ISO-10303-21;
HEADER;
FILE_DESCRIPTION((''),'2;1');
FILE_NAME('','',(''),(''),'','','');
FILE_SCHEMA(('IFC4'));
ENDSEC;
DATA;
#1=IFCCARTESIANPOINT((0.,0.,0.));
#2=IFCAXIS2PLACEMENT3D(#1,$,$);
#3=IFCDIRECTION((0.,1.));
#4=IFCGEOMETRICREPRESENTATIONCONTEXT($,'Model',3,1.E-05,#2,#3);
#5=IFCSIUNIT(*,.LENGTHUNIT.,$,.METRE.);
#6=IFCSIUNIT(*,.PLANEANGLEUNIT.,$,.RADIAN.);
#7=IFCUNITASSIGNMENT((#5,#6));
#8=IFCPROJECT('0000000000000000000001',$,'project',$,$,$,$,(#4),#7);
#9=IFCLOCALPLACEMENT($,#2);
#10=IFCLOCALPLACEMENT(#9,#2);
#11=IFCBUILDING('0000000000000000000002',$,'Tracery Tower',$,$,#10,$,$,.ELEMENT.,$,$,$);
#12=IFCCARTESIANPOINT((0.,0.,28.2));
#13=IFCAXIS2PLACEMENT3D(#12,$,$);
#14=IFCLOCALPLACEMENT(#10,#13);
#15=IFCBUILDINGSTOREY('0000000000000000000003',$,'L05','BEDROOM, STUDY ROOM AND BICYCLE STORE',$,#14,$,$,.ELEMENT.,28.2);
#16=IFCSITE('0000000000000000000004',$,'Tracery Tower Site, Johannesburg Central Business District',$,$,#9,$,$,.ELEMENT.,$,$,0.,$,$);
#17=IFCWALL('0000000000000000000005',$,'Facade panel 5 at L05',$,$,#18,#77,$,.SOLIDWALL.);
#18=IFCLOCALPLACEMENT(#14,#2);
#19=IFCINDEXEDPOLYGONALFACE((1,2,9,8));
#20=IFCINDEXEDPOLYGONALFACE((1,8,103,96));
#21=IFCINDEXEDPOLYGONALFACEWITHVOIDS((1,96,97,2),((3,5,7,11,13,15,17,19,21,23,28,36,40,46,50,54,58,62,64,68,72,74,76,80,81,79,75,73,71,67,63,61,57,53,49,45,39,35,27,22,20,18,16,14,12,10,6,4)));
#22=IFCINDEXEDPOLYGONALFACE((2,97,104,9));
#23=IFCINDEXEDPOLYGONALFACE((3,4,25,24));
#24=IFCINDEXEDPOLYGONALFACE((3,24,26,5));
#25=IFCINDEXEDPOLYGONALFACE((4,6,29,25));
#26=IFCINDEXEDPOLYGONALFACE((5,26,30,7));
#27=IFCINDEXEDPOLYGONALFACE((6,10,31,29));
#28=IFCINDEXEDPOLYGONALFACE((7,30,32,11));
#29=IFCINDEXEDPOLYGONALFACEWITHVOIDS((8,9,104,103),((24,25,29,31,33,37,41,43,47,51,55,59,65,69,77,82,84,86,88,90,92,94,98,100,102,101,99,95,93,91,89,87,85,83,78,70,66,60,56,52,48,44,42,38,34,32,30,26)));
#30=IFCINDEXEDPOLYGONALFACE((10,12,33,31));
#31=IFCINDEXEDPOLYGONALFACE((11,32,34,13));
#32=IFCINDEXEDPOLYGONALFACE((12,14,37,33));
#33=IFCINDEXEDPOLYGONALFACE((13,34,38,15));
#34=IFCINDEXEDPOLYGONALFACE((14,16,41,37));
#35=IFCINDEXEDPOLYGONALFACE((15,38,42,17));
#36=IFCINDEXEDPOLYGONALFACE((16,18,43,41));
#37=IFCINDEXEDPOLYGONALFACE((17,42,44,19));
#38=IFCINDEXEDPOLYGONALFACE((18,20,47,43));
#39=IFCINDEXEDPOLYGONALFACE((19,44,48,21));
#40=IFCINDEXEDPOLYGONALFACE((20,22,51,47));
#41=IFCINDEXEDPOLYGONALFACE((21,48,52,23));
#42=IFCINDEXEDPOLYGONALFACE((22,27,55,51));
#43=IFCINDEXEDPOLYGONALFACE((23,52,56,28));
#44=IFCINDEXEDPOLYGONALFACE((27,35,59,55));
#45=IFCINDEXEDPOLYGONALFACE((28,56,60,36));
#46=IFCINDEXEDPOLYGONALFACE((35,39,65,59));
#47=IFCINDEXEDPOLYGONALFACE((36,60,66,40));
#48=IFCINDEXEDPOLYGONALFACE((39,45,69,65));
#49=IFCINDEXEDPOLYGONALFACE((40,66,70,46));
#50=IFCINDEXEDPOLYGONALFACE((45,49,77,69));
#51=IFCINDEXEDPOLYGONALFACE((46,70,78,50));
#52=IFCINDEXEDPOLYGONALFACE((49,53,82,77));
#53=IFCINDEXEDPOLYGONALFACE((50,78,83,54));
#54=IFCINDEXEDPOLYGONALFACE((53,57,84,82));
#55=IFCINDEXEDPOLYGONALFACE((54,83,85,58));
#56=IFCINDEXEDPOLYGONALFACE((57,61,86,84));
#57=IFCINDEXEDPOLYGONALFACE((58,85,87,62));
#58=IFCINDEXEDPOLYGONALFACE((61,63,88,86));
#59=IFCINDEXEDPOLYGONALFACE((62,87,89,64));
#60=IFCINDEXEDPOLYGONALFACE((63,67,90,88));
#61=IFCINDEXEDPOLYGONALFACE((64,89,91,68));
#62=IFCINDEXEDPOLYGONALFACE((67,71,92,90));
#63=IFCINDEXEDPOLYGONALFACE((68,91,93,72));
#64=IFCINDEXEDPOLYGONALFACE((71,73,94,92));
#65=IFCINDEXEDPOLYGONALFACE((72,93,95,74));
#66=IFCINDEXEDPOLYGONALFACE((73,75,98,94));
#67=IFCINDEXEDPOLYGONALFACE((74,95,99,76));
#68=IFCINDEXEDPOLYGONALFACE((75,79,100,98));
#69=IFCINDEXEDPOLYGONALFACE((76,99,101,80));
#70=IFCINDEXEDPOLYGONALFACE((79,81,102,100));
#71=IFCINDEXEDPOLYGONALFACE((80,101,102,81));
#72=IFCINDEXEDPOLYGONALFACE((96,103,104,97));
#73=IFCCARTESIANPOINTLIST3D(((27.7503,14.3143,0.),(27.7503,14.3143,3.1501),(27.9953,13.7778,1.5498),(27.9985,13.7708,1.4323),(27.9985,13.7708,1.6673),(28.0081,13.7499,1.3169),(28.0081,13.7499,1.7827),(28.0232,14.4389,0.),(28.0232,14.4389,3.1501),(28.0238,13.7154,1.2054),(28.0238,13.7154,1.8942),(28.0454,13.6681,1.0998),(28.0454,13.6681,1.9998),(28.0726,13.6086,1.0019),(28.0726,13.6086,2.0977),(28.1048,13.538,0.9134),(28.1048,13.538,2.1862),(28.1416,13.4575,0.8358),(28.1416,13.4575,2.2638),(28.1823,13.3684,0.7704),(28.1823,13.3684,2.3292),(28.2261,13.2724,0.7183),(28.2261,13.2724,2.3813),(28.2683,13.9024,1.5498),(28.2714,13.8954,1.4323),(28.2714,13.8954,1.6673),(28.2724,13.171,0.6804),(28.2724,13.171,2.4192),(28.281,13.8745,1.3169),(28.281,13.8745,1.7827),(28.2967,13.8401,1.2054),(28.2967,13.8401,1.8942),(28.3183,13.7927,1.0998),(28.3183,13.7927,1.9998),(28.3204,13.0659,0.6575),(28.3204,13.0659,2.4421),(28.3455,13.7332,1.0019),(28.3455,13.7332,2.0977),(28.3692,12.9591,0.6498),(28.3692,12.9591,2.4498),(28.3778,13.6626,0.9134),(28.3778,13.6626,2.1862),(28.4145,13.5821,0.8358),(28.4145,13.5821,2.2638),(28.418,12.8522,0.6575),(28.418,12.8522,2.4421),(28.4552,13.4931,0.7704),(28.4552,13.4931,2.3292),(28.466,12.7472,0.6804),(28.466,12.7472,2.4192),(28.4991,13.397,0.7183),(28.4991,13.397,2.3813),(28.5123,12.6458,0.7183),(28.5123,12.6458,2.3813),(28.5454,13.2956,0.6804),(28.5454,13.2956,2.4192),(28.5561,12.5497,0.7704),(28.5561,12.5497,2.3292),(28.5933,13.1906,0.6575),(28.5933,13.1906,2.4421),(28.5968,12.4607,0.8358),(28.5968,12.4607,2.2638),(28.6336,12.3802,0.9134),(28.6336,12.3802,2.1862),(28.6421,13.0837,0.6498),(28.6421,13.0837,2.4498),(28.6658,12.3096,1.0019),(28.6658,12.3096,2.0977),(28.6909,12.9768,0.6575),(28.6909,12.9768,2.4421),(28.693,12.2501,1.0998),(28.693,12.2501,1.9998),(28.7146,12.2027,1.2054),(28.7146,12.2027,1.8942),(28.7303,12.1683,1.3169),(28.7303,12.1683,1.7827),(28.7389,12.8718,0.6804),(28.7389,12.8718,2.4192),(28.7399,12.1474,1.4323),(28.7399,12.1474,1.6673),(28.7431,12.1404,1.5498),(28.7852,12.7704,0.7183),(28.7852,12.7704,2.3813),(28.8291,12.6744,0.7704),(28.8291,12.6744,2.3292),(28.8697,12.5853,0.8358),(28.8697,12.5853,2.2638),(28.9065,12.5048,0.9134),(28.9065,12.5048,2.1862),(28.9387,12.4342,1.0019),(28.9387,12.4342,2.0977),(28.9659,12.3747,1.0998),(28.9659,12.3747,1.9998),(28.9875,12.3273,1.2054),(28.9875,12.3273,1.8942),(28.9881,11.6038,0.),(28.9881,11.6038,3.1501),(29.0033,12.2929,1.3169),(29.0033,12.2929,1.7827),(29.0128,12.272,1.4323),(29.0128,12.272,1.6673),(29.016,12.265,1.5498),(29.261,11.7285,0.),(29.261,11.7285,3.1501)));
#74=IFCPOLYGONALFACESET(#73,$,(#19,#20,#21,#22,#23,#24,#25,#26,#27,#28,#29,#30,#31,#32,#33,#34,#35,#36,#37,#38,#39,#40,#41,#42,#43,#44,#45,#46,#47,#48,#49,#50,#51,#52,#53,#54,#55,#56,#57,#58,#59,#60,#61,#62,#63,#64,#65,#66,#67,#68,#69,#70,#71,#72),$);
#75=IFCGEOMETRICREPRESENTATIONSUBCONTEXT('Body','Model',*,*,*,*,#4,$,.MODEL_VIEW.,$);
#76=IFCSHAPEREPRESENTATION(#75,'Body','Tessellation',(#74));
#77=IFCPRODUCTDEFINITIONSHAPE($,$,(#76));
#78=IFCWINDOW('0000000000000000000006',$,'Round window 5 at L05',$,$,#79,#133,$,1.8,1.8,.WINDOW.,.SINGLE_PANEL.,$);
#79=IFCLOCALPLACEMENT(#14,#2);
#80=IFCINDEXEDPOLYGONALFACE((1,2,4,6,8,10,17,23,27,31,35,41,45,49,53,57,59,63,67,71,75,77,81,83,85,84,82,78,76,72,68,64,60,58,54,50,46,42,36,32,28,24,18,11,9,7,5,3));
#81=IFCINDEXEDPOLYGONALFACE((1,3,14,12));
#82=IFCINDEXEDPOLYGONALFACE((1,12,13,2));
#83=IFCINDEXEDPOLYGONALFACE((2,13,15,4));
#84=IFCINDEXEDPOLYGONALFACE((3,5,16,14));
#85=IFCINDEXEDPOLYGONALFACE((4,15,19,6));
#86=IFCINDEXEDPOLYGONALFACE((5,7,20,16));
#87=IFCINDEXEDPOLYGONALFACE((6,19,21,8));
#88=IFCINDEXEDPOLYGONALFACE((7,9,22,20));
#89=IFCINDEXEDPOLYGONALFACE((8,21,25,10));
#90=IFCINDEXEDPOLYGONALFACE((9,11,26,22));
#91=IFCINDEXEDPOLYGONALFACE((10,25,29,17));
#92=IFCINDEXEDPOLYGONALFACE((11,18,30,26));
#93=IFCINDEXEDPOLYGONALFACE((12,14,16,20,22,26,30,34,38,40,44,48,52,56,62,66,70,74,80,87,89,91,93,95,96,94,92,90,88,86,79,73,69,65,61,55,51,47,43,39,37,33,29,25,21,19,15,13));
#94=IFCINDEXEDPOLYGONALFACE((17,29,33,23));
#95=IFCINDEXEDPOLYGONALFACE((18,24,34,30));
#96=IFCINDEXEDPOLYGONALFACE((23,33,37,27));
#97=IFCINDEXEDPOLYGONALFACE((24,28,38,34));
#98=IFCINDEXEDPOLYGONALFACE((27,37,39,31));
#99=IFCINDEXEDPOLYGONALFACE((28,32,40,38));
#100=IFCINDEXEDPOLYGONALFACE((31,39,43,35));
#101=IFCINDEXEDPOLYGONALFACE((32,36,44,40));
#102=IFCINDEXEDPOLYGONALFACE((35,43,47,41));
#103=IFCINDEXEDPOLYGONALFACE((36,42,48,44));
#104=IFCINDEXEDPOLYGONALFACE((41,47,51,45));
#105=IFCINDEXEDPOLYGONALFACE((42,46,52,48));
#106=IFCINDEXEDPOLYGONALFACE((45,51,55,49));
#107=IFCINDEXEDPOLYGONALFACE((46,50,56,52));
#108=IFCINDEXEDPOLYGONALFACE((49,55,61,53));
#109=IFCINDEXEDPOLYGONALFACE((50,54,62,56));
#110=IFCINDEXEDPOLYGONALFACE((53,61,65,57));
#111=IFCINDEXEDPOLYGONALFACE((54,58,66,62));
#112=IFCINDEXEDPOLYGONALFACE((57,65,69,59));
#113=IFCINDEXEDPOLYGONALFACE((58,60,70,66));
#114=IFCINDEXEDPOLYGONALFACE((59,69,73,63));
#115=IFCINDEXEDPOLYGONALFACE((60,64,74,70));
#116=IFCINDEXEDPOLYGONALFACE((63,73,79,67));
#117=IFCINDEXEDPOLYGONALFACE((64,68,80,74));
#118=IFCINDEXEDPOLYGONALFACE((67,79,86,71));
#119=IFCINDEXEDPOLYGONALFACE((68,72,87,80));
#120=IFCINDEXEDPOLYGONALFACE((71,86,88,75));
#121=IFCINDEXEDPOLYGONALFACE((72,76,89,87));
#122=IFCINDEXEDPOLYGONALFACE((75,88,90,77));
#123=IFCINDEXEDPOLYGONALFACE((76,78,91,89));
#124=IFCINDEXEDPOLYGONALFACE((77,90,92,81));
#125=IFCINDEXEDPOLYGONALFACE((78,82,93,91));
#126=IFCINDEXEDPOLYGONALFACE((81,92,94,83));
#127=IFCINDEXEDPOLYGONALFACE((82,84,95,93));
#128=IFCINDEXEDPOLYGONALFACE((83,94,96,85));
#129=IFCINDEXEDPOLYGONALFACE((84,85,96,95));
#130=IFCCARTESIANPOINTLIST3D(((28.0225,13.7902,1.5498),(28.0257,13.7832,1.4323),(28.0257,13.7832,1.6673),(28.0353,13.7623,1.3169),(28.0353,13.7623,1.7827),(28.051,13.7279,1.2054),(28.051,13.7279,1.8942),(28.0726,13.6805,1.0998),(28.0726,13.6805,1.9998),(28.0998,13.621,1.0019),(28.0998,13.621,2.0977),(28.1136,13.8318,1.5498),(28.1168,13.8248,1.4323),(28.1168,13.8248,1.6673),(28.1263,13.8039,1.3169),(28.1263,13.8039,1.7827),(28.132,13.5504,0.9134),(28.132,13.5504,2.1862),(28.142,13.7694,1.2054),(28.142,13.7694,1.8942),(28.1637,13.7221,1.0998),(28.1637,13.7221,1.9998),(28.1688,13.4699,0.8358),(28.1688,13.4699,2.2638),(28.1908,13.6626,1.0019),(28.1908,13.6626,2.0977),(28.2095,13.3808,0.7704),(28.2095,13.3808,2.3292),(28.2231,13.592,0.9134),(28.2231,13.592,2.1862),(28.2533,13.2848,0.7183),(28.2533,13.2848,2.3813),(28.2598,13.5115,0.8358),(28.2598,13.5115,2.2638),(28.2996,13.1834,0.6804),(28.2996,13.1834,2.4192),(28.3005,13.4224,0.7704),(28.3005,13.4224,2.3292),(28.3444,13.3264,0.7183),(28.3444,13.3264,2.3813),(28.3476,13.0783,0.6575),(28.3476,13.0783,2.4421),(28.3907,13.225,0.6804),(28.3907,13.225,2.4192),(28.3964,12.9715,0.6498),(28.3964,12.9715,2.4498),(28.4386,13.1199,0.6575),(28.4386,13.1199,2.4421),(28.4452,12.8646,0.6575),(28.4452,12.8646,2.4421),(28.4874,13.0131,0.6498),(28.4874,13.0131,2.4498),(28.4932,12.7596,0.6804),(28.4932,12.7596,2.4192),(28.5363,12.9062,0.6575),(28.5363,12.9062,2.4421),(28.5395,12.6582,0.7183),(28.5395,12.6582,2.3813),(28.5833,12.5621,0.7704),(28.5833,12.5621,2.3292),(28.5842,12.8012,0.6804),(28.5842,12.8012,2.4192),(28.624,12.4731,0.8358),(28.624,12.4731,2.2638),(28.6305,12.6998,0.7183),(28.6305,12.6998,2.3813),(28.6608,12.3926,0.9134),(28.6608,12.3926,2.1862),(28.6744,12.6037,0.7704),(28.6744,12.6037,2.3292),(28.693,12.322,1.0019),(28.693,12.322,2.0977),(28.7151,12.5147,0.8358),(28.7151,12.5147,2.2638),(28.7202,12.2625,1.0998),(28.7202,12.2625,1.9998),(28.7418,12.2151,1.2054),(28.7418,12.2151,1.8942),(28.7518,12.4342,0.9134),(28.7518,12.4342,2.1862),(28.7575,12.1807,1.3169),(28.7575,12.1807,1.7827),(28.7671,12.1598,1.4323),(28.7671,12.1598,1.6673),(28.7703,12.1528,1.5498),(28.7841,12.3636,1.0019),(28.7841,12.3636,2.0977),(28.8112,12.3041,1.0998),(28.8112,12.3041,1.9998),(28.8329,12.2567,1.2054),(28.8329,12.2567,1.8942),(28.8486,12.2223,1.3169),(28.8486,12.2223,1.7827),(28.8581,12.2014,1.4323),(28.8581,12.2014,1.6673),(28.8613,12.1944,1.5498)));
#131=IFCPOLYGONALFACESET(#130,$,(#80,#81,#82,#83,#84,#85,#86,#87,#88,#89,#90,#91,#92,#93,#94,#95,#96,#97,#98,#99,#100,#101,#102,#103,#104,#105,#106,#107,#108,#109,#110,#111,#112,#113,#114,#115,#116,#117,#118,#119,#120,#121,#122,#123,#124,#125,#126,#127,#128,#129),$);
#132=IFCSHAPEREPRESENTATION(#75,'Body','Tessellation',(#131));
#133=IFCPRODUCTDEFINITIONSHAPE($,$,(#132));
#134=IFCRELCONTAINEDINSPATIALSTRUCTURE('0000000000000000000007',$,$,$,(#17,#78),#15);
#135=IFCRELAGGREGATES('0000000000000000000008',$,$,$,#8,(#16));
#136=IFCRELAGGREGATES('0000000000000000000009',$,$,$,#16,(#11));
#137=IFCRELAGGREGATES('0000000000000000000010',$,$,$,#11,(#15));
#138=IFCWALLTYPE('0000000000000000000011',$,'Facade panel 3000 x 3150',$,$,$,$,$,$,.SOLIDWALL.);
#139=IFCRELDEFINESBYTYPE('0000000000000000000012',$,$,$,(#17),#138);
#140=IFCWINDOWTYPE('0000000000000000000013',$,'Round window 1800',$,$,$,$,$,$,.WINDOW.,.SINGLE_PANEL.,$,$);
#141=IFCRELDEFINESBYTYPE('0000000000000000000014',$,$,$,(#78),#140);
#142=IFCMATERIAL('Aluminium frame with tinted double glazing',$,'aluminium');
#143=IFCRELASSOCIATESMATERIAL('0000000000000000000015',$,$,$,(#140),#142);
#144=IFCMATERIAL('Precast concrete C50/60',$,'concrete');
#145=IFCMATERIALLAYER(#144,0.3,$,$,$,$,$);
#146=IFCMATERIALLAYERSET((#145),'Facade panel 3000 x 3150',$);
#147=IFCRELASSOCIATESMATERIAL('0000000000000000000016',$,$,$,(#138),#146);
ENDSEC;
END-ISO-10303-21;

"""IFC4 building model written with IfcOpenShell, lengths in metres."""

from ifc_helpers import new_model, si_unit, direction, frame, frame_2d, origin, origin_2d, place, context, subcontext, project, spatial, rectangle, circle, extrude, material, layer, layer_set, type_object, element, fill, save


model = new_model("IFC4")

# Units and contexts
model_context = context("Model", 3, precision=1e-05, world=origin(), true_north=direction((0.0, 1.0)))
body_context = subcontext(model_context, "Body", "Model", "MODEL_VIEW")
ifc_project = project(units=[si_unit("LENGTHUNIT", "METRE"), si_unit("PLANEANGLEUNIT", "RADIAN")], contexts=[model_context])

# Site, building, storey
site_placement = place(None, origin())
site = spatial("IfcSite", under=ifc_project, at=site_placement, Name="Tracery Tower Site, Johannesburg Central Business District", CompositionType="ELEMENT", RefElevation=0.0)
building_placement = place(site_placement, origin())
building = spatial("IfcBuilding", under=site, at=building_placement, Name="Tracery Tower", CompositionType="ELEMENT")
storey_placement = place(building_placement, frame((0.0, 0.0, 28.2)))
storey = spatial("IfcBuildingStorey", under=building, at=storey_placement, Name="L05", Description="BEDROOM, STUDY ROOM AND BICYCLE STORE", CompositionType="ELEMENT", Elevation=28.2)

# Wall, opening, window
ifc_material_1 = material(Name="Aluminium frame with tinted double glazing", Category="aluminium")
window_type = type_object("IfcWindowType", Name="Round window 1800", PartitioningType="SINGLE_PANEL", PredefinedType="WINDOW", material=ifc_material_1)
ifc_material_2 = material(Name="Precast concrete C50/60", Category="concrete")
ifc_layer_1 = layer(ifc_material_2, 0.3)
ifc_layer_set_1 = layer_set([ifc_layer_1], Name="Facade panel 3000 x 3150")
wall_type_1 = type_object("IfcWallType", Name="Facade panel 3000 x 3150", PredefinedType="SOLIDWALL", material=ifc_layer_set_1)
wall_1_placement = place(storey_placement, frame((29.1245, 11.6663, 0.0), z_axis=(0.0, 0.0, 1.0), x_axis=(-0.415407, 0.909636, 0.0)))
wall_1 = element("IfcWall", 1, at=wall_1_placement, inside=storey, type_object=wall_type_1, Name="Facade panel 5 at L05", PredefinedType="SOLIDWALL", context=body_context, shape_type="SweptSolid", body=[
    extrude(rectangle(XDim=2.9797, YDim=0.3, at=frame_2d((1.4897, 0.0))), origin(), (0.0, 0.0, 1.0), 3.1501),
])
opening_1_placement = place(wall_1_placement, frame((1.4897, 0.0, 1.5498)))
opening_1 = element("IfcOpeningElement", 2, at=opening_1_placement, cuts=wall_1, PredefinedType="OPENING", context=body_context, shape_type="SweptSolid", body=[
    extrude(circle(Radius=0.9, at=origin_2d()), frame((0.0, 0.1599, 0.0), z_axis=(0.0, -1.0, 0.0), x_axis=(1.0, 0.0, 0.0)), (0.0, 0.0, 1.0), 0.3201),
])
window_1_placement = place(opening_1_placement, origin())
window_1 = element("IfcWindow", 3, at=window_1_placement, inside=storey, type_object=window_type, Name="Round window 5 at L05", OverallHeight=1.8, OverallWidth=1.8, PartitioningType="SINGLE_PANEL", PredefinedType="WINDOW", context=body_context, shape_type="SweptSolid", body=[
    extrude(circle(Radius=0.9, at=origin_2d()), frame((0.0, 0.1201, 0.0), z_axis=(0.0, -1.0, 0.0), x_axis=(1.0, 0.0, 0.0)), (0.0, 0.0, 1.0), 0.1001),
])
fill(opening_1, window_1)

save(model, "model.ifc")
